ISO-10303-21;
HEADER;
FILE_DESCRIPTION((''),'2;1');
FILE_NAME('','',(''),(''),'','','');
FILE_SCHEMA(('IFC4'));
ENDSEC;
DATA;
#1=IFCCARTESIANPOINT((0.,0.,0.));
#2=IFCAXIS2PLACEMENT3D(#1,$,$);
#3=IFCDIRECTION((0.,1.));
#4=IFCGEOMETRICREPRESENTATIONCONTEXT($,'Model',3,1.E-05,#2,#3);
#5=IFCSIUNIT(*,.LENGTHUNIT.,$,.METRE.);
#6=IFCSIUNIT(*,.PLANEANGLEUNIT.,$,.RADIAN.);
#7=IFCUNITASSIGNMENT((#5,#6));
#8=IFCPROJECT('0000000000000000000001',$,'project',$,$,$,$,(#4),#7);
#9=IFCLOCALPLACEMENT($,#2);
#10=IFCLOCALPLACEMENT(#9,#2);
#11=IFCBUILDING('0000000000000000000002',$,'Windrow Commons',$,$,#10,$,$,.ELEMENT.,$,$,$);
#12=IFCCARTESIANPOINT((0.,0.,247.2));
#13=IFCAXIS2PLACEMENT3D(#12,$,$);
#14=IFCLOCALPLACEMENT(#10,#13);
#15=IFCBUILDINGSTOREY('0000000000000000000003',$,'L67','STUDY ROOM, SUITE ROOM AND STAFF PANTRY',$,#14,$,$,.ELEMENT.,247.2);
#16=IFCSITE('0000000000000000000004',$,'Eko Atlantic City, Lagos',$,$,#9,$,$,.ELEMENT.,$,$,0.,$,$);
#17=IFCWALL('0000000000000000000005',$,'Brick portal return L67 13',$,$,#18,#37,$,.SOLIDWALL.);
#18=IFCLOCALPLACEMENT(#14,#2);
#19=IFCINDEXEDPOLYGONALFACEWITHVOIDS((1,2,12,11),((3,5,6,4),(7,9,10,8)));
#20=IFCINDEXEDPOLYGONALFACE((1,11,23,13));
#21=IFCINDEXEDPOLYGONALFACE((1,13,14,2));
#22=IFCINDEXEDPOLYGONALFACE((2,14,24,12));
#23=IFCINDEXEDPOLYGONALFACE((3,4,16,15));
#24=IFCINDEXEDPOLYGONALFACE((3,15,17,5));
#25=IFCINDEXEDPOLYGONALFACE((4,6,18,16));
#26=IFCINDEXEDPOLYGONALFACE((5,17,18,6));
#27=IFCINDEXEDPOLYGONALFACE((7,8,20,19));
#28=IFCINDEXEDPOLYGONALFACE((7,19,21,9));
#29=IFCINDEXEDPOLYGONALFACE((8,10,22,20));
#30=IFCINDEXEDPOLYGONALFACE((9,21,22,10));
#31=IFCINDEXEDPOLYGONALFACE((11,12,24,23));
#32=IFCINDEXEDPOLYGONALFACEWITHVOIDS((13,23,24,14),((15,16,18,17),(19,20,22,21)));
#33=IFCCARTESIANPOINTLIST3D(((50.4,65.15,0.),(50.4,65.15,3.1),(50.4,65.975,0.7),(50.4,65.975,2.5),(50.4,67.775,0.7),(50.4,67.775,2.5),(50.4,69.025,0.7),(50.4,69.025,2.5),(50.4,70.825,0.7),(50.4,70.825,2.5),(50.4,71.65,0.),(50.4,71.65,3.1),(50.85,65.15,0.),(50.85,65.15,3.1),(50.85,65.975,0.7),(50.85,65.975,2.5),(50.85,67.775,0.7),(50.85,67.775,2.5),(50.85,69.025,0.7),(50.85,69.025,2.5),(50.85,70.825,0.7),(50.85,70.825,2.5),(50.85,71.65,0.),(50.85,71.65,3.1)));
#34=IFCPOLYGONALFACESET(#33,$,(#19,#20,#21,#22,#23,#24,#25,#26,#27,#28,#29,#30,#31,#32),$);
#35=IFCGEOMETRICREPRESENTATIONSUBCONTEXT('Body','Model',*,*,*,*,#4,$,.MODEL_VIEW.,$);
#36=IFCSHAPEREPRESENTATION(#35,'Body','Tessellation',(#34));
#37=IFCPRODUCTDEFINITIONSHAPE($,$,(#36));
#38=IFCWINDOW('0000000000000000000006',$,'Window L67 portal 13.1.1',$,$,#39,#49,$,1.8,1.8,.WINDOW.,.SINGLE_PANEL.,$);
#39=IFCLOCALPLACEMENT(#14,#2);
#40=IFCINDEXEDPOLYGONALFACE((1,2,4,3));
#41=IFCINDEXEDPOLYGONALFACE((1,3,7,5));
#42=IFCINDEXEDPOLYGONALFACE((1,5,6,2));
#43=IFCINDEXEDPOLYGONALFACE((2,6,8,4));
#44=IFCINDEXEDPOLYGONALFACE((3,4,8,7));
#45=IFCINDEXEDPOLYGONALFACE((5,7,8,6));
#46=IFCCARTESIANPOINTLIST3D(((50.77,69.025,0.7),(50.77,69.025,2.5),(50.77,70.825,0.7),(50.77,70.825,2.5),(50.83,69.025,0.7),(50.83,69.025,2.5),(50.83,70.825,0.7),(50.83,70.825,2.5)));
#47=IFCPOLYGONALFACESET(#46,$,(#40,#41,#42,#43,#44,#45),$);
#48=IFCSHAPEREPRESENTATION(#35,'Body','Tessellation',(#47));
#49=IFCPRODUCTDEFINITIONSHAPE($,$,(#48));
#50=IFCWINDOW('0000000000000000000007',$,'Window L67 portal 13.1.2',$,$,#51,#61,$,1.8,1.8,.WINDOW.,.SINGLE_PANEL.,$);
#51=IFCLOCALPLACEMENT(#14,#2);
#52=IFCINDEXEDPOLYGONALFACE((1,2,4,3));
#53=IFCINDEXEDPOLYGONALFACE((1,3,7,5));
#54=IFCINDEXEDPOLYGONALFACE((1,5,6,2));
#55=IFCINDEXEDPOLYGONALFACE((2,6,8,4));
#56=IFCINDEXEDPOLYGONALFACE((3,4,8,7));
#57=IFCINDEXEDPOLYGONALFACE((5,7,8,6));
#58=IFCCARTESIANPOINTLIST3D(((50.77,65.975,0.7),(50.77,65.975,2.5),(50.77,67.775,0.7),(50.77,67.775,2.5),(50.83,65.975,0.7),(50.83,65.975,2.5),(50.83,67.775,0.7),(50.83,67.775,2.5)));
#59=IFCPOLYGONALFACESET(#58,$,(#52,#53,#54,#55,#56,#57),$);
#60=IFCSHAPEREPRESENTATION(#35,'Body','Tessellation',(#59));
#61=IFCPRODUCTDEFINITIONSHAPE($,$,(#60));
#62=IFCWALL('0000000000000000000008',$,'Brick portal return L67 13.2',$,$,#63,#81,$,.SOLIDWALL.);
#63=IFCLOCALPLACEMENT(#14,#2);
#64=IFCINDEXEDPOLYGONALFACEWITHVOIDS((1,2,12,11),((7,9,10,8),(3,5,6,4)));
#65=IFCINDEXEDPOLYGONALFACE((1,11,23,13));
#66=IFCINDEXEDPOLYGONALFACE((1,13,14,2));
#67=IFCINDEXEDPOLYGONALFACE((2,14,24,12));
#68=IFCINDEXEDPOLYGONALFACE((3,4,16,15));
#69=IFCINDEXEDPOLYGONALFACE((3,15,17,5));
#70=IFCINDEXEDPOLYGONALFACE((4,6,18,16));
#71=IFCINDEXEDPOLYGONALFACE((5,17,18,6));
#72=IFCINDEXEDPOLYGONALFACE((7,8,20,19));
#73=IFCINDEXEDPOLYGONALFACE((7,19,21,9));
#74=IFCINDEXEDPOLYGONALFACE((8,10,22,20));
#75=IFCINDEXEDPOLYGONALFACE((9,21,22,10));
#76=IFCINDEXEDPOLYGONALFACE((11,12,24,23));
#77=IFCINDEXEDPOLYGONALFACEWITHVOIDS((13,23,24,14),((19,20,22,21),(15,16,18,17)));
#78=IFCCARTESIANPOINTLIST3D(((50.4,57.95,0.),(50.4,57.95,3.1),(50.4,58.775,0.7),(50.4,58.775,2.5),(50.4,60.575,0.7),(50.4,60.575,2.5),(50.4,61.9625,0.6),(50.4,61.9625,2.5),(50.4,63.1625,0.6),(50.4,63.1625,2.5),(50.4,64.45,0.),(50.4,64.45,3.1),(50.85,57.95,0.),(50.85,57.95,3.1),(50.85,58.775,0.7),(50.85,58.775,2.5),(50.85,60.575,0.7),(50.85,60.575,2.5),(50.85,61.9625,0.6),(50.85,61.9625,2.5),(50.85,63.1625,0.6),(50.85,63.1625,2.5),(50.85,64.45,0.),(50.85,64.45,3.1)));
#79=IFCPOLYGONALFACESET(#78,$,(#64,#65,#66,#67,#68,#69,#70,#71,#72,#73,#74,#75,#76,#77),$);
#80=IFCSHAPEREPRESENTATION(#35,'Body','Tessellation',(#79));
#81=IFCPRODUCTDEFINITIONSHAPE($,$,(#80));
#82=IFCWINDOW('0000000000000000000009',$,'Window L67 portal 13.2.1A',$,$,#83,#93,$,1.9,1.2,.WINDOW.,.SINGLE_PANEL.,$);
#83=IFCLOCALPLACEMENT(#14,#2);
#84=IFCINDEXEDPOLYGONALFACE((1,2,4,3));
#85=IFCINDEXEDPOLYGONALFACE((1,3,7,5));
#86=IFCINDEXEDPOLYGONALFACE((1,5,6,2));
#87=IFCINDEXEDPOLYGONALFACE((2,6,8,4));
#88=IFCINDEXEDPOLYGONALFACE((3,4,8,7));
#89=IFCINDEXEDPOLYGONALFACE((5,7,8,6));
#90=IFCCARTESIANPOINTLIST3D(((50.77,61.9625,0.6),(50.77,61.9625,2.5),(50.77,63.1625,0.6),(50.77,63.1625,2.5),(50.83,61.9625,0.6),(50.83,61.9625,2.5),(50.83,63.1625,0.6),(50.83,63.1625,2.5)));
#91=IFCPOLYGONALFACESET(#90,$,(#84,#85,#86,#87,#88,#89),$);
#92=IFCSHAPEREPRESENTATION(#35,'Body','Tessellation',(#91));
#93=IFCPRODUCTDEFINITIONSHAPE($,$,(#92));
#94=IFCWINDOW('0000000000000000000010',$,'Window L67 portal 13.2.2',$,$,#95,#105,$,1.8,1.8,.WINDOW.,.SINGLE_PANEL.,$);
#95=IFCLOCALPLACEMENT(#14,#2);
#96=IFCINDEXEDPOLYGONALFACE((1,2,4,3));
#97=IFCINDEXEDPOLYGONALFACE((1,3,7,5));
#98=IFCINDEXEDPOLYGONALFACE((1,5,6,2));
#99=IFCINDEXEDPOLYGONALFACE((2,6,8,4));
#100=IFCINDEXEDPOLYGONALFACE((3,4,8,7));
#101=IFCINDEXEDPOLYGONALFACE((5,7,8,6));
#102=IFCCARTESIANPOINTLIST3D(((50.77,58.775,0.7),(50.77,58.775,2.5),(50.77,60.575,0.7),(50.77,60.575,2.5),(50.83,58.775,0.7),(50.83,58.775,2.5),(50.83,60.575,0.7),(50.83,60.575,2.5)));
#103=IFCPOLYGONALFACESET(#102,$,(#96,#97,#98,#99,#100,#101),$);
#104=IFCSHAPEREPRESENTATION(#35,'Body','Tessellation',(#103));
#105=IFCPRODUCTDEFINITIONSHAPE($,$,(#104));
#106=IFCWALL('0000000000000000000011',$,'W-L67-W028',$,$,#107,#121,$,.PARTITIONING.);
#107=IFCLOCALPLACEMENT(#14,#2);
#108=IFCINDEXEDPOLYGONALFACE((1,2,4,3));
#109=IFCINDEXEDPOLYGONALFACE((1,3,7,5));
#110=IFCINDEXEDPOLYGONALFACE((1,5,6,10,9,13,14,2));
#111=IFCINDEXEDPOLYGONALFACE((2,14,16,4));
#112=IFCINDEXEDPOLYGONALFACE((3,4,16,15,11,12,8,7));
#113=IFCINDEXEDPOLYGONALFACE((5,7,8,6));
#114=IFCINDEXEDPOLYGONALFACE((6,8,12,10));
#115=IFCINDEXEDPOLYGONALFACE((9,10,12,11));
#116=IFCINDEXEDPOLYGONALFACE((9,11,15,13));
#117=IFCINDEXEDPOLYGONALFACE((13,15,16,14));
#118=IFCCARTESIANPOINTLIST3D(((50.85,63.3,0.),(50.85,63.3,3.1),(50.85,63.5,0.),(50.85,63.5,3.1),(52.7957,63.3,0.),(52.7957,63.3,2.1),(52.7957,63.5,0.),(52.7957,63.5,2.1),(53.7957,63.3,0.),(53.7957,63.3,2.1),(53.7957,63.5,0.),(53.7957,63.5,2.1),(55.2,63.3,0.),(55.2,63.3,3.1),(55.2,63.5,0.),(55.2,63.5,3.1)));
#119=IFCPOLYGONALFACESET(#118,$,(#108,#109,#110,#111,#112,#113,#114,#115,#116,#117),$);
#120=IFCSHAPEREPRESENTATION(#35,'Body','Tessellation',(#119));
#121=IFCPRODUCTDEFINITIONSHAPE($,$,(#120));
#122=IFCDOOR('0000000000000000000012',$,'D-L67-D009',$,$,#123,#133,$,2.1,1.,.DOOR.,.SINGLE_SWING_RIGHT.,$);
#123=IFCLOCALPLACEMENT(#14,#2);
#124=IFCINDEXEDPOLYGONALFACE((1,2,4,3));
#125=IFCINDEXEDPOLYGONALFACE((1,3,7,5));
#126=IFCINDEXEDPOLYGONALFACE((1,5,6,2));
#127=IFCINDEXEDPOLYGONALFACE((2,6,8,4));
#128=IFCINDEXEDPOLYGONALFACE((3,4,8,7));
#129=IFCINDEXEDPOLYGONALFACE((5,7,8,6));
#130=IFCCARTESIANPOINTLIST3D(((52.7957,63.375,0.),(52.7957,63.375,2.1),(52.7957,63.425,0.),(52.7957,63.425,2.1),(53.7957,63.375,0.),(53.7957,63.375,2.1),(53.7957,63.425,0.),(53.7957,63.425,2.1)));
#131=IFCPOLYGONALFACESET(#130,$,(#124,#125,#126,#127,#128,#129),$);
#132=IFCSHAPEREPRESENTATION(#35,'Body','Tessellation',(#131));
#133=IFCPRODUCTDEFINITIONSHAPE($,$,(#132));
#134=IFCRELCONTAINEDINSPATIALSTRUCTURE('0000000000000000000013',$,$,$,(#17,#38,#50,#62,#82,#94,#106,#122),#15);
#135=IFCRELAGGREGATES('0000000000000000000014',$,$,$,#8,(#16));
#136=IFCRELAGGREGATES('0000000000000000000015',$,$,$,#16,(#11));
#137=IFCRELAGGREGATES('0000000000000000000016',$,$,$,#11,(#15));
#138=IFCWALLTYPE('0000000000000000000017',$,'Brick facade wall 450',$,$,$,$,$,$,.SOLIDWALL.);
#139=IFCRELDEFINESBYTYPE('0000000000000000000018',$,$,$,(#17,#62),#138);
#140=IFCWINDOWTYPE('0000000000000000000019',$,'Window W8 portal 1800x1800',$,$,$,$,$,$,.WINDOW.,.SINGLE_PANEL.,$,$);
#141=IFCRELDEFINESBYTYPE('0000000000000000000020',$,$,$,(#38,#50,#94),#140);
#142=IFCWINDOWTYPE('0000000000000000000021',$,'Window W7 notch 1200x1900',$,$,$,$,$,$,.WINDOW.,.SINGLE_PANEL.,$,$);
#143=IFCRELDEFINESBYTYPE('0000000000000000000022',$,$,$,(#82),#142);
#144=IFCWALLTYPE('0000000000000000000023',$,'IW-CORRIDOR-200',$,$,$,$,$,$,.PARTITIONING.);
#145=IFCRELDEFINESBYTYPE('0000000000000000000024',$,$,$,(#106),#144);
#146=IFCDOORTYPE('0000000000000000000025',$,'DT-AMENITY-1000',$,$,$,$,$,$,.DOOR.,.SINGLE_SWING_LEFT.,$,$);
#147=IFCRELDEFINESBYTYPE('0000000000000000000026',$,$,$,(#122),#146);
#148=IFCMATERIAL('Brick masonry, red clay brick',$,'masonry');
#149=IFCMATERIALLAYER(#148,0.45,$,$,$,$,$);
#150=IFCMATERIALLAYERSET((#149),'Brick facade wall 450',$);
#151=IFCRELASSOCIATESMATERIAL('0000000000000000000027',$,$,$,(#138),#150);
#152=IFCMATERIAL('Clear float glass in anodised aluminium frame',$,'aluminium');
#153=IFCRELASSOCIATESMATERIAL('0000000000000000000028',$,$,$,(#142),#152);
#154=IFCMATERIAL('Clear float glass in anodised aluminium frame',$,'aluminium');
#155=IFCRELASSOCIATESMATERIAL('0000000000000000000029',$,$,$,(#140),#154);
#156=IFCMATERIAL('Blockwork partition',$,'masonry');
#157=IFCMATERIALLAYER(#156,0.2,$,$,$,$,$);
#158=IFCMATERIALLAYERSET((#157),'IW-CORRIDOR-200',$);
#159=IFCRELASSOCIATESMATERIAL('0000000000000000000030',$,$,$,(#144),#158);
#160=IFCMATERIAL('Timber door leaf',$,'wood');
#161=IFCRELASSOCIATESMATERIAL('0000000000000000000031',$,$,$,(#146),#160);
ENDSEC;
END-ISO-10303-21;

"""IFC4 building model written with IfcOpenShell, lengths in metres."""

from ifc_helpers import new_model, si_unit, direction, frame, frame_2d, origin, place, context, subcontext, project, spatial, rectangle, extrude, material, layer, layer_set, type_object, element, fill, save


model = new_model("IFC4")

# Units and contexts
model_context = context("Model", 3, precision=1e-05, world=origin(), true_north=direction((0.0, 1.0)))
body_context = subcontext(model_context, "Body", "Model", "MODEL_VIEW")
ifc_project = project(units=[si_unit("LENGTHUNIT", "METRE"), si_unit("PLANEANGLEUNIT", "RADIAN")], contexts=[model_context])

# Site, building, storey
site_placement = place(None, origin())
site = spatial("IfcSite", under=ifc_project, at=site_placement, Name="Eko Atlantic City, Lagos", CompositionType="ELEMENT", RefElevation=0.0)
building_placement = place(site_placement, origin())
building = spatial("IfcBuilding", under=site, at=building_placement, Name="Windrow Commons", CompositionType="ELEMENT")
storey_placement = place(building_placement, frame((0.0, 0.0, 247.2)))
storey = spatial("IfcBuildingStorey", under=building, at=storey_placement, Name="L67", Description="STUDY ROOM, SUITE ROOM AND STAFF PANTRY", CompositionType="ELEMENT", Elevation=247.2)

# Walls, openings, windows
ifc_material_1 = material(Name="Brick masonry, red clay brick", Category="masonry")
ifc_layer_1 = layer(ifc_material_1, 0.45)
ifc_layer_set_1 = layer_set([ifc_layer_1], Name="Brick facade wall 450")
wall_type_1 = type_object("IfcWallType", Name="Brick facade wall 450", PredefinedType="SOLIDWALL", material=ifc_layer_set_1)
ifc_material_2 = material(Name="Clear float glass in anodised aluminium frame", Category="aluminium")
window_type_1 = type_object("IfcWindowType", Name="Window W7 notch 1200x1900", PartitioningType="SINGLE_PANEL", PredefinedType="WINDOW", material=ifc_material_2)
ifc_material_3 = material(Name="Clear float glass in anodised aluminium frame", Category="aluminium")
window_type_2 = type_object("IfcWindowType", Name="Window W8 portal 1800x1800", PartitioningType="SINGLE_PANEL", PredefinedType="WINDOW", material=ifc_material_3)
wall_1_placement = place(storey_placement, frame((50.625, 71.65, 0.0), z_axis=(0.0, 0.0, 1.0), x_axis=(0.0, -1.0, 0.0)))
wall_1 = element("IfcWall", 1, at=wall_1_placement, inside=storey, type_object=wall_type_1, Name="Brick portal return L67 13", PredefinedType="SOLIDWALL", context=body_context, shape_type="SweptSolid", body=[
    extrude(rectangle(XDim=6.5, YDim=0.45, at=frame_2d((3.25, 0.0))), origin(), (0.0, 0.0, 1.0), 3.1),
])
opening_1_placement = place(wall_1_placement, frame((0.825, 0.0, 0.7)))
opening_1 = element("IfcOpeningElement", 2, at=opening_1_placement, cuts=wall_1, PredefinedType="OPENING", context=body_context, shape_type="SweptSolid", body=[
    extrude(rectangle(XDim=1.8, YDim=1.8, at=frame_2d((0.9, 0.9))), frame((0.0, 0.235, 0.0), z_axis=(0.0, -1.0, 0.0), x_axis=(1.0, 0.0, 0.0)), (0.0, 0.0, 1.0), 0.47),
])
opening_2_placement = place(wall_1_placement, frame((3.875, 0.0, 0.7)))
opening_2 = element("IfcOpeningElement", 3, at=opening_2_placement, cuts=wall_1, PredefinedType="OPENING", context=body_context, shape_type="SweptSolid", body=[
    extrude(rectangle(XDim=1.8, YDim=1.8, at=frame_2d((0.9, 0.9))), frame((0.0, 0.235, 0.0), z_axis=(0.0, -1.0, 0.0), x_axis=(1.0, 0.0, 0.0)), (0.0, 0.0, 1.0), 0.47),
])
window_1_placement = place(opening_1_placement, origin())
window_1 = element("IfcWindow", 4, at=window_1_placement, inside=storey, type_object=window_type_2, Name="Window L67 portal 13.1.1", OverallHeight=1.8, OverallWidth=1.8, PartitioningType="SINGLE_PANEL", PredefinedType="WINDOW", context=body_context, shape_type="SweptSolid", body=[
    extrude(rectangle(XDim=1.8, YDim=1.8, at=frame_2d((0.9, 0.9))), frame((0.0, 0.205, 0.0), z_axis=(0.0, -1.0, 0.0), x_axis=(1.0, 0.0, 0.0)), (0.0, 0.0, 1.0), 0.06),
])
fill(opening_1, window_1)
window_2_placement = place(opening_2_placement, origin())
window_2 = element("IfcWindow", 5, at=window_2_placement, inside=storey, type_object=window_type_2, Name="Window L67 portal 13.1.2", OverallHeight=1.8, OverallWidth=1.8, PartitioningType="SINGLE_PANEL", PredefinedType="WINDOW", context=body_context, shape_type="SweptSolid", body=[
    extrude(rectangle(XDim=1.8, YDim=1.8, at=frame_2d((0.9, 0.9))), frame((0.0, 0.205, 0.0), z_axis=(0.0, -1.0, 0.0), x_axis=(1.0, 0.0, 0.0)), (0.0, 0.0, 1.0), 0.06),
])
fill(opening_2, window_2)
wall_2_placement = place(storey_placement, frame((50.625, 64.45, 0.0), z_axis=(0.0, 0.0, 1.0), x_axis=(0.0, -1.0, 0.0)))
wall_2 = element("IfcWall", 6, at=wall_2_placement, inside=storey, type_object=wall_type_1, Name="Brick portal return L67 13.2", PredefinedType="SOLIDWALL", context=body_context, shape_type="SweptSolid", body=[
    extrude(rectangle(XDim=6.5, YDim=0.45, at=frame_2d((3.25, 0.0))), origin(), (0.0, 0.0, 1.0), 3.1),
])
opening_3_placement = place(wall_2_placement, frame((3.875, 0.0, 0.7)))
opening_3 = element("IfcOpeningElement", 7, at=opening_3_placement, cuts=wall_2, PredefinedType="OPENING", context=body_context, shape_type="SweptSolid", body=[
    extrude(rectangle(XDim=1.8, YDim=1.8, at=frame_2d((0.9, 0.9))), frame((0.0, 0.235, 0.0), z_axis=(0.0, -1.0, 0.0), x_axis=(1.0, 0.0, 0.0)), (0.0, 0.0, 1.0), 0.47),
])
opening_4_placement = place(wall_2_placement, frame((1.2875, 0.0, 0.6)))
opening_4 = element("IfcOpeningElement", 8, at=opening_4_placement, cuts=wall_2, PredefinedType="OPENING", context=body_context, shape_type="SweptSolid", body=[
    extrude(rectangle(XDim=1.2, YDim=1.9, at=frame_2d((0.6, 0.95))), frame((0.0, 0.235, 0.0), z_axis=(0.0, -1.0, 0.0), x_axis=(1.0, 0.0, 0.0)), (0.0, 0.0, 1.0), 0.47),
])
window_3_placement = place(opening_4_placement, origin())
window_3 = element("IfcWindow", 9, at=window_3_placement, inside=storey, type_object=window_type_1, Name="Window L67 portal 13.2.1A", OverallHeight=1.9, OverallWidth=1.2, PartitioningType="SINGLE_PANEL", PredefinedType="WINDOW", context=body_context, shape_type="SweptSolid", body=[
    extrude(rectangle(XDim=1.2, YDim=1.9, at=frame_2d((0.6, 0.95))), frame((0.0, 0.205, 0.0), z_axis=(0.0, -1.0, 0.0), x_axis=(1.0, 0.0, 0.0)), (0.0, 0.0, 1.0), 0.06),
])
fill(opening_4, window_3)
window_4_placement = place(opening_3_placement, origin())
window_4 = element("IfcWindow", 10, at=window_4_placement, inside=storey, type_object=window_type_2, Name="Window L67 portal 13.2.2", OverallHeight=1.8, OverallWidth=1.8, PartitioningType="SINGLE_PANEL", PredefinedType="WINDOW", context=body_context, shape_type="SweptSolid", body=[
    extrude(rectangle(XDim=1.8, YDim=1.8, at=frame_2d((0.9, 0.9))), frame((0.0, 0.205, 0.0), z_axis=(0.0, -1.0, 0.0), x_axis=(1.0, 0.0, 0.0)), (0.0, 0.0, 1.0), 0.06),
])
fill(opening_3, window_4)

# Wall, opening, door
ifc_material_4 = material(Name="Blockwork partition", Category="masonry")
ifc_layer_2 = layer(ifc_material_4, 0.2)
ifc_layer_set_2 = layer_set([ifc_layer_2], Name="IW-CORRIDOR-200")
wall_type_2 = type_object("IfcWallType", Name="IW-CORRIDOR-200", PredefinedType="PARTITIONING", material=ifc_layer_set_2)
wall_3_placement = place(storey_placement, frame((50.85, 63.4, 0.0), z_axis=(0.0, 0.0, 1.0), x_axis=(1.0, 0.0, 0.0)))
wall_3 = element("IfcWall", 11, at=wall_3_placement, inside=storey, type_object=wall_type_2, Name="W-L67-W028", PredefinedType="PARTITIONING", context=body_context, shape_type="SweptSolid", body=[
    extrude(rectangle(XDim=4.35, YDim=0.2, at=frame_2d((2.175, 0.0))), origin(), (0.0, 0.0, 1.0), 3.1),
])
opening_5_placement = place(wall_3_placement, frame((1.9457, 0.0, 0.0)))
opening_5 = element("IfcOpeningElement", 12, at=opening_5_placement, cuts=wall_3, PredefinedType="OPENING", context=body_context, shape_type="SweptSolid", body=[
    extrude(rectangle(XDim=1.0, YDim=2.1, at=frame_2d((0.5, 1.05))), frame((0.0, 0.11, 0.0), z_axis=(0.0, -1.0, 0.0), x_axis=(1.0, 0.0, 0.0)), (0.0, 0.0, 1.0), 0.22),
])
ifc_material_5 = material(Name="Timber door leaf", Category="wood")
door_type = type_object("IfcDoorType", Name="DT-AMENITY-1000", OperationType="SINGLE_SWING_LEFT", PredefinedType="DOOR", material=ifc_material_5)
door_placement = place(opening_5_placement, origin())
door = element("IfcDoor", 13, at=door_placement, inside=storey, type_object=door_type, Name="D-L67-D009", OperationType="SINGLE_SWING_RIGHT", OverallHeight=2.1, OverallWidth=1.0, PredefinedType="DOOR", context=body_context, shape_type="SweptSolid", body=[
    extrude(rectangle(XDim=1.0, YDim=2.1, at=frame_2d((0.5, 1.05))), frame((0.0, 0.025, 0.0), z_axis=(0.0, -1.0, 0.0), x_axis=(1.0, 0.0, 0.0)), (0.0, 0.0, 1.0), 0.05),
])
fill(opening_5, door)

save(model, "model.ifc")
